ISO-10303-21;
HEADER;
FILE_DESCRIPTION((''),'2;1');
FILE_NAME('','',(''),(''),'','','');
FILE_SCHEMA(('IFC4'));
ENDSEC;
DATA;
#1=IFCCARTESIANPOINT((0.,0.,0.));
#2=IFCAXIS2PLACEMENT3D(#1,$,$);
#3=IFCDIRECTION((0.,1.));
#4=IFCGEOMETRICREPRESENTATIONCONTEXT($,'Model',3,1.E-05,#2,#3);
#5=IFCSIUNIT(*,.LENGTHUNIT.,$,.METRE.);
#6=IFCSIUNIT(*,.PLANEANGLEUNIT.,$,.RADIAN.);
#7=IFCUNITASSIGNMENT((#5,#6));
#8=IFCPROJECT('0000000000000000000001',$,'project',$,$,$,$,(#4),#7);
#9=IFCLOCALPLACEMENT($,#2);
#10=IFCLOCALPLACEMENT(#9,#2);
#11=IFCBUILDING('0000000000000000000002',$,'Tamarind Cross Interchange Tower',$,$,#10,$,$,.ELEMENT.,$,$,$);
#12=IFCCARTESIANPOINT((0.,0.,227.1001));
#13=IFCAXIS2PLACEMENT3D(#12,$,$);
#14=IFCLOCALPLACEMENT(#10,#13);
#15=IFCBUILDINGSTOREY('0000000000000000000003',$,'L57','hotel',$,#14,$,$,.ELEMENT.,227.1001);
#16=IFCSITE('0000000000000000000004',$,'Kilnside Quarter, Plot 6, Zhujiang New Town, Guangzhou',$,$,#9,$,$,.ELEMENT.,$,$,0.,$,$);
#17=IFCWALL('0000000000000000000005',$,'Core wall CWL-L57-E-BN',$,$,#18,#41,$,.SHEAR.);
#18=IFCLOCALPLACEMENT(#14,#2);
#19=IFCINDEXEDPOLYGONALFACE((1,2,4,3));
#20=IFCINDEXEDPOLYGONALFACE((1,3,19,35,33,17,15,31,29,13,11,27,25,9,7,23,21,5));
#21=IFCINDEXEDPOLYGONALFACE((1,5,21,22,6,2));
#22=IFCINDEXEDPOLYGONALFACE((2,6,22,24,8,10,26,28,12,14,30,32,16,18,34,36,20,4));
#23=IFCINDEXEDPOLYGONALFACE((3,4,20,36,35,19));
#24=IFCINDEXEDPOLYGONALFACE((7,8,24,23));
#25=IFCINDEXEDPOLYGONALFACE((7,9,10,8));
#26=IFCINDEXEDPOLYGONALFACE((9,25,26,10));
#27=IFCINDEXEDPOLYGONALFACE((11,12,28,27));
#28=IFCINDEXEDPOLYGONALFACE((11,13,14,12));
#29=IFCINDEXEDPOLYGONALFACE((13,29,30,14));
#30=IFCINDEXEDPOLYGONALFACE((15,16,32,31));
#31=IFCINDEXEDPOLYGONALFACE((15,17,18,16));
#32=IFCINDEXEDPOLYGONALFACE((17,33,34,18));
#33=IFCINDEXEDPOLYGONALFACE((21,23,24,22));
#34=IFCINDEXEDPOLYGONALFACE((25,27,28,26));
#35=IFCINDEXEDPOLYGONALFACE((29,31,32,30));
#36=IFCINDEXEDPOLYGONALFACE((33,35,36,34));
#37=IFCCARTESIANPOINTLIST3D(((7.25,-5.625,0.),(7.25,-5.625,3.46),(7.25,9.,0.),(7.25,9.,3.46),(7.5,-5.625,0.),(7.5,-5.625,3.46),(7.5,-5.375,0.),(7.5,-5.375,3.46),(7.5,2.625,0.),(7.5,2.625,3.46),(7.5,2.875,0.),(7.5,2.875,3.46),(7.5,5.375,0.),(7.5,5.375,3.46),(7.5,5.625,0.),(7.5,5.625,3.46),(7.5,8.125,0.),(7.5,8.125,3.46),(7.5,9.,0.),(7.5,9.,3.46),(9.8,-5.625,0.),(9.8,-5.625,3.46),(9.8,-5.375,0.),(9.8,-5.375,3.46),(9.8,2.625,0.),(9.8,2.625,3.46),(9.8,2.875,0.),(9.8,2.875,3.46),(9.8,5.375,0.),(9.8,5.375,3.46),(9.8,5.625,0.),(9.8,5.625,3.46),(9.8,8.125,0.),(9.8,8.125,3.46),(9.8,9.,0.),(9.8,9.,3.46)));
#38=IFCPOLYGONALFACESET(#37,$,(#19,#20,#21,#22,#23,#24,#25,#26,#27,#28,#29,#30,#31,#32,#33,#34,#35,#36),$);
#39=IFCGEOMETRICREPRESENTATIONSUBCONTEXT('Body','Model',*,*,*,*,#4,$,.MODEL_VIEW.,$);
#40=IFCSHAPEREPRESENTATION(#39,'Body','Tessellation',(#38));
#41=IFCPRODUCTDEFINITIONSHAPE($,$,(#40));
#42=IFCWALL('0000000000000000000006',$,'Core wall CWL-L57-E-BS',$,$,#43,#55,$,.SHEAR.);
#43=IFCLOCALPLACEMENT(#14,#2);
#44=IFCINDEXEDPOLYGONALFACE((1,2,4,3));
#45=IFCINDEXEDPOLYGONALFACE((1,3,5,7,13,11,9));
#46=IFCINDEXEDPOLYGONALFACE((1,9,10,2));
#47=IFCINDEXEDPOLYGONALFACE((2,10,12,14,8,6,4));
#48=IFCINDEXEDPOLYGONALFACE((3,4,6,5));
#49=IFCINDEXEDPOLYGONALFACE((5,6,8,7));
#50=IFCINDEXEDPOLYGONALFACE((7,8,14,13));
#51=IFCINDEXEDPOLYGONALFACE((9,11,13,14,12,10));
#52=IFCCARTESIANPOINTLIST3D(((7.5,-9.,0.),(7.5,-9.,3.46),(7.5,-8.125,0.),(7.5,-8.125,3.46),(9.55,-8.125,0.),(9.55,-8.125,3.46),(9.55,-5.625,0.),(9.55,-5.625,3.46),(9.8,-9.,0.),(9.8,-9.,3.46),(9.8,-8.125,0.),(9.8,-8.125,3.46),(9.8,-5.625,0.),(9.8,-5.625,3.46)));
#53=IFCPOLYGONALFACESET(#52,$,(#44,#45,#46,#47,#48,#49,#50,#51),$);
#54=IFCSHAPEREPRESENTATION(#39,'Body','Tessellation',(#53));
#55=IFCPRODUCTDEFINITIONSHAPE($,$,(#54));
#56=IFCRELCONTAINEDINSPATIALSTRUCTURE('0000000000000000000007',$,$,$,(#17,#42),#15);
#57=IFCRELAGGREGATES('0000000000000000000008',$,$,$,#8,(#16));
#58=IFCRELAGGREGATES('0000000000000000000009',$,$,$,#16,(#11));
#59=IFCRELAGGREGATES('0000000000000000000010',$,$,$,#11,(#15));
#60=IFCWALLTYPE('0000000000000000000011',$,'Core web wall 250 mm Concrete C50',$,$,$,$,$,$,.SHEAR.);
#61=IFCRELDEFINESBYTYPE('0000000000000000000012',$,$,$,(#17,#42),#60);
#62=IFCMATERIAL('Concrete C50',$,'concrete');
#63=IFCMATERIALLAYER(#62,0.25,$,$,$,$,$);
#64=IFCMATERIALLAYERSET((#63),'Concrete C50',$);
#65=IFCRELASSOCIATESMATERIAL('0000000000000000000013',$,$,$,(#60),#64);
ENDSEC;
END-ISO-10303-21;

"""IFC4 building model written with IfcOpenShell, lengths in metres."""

from ifc_helpers import new_model, si_unit, direction, frame, origin, place, context, subcontext, project, spatial, polyline, outline, extrude, material, layer, layer_set, type_object, element, save


model = new_model("IFC4")

# Units and contexts
model_context = context("Model", 3, precision=1e-05, world=origin(), true_north=direction((0.0, 1.0)))
body_context = subcontext(model_context, "Body", "Model", "MODEL_VIEW")
ifc_project = project(units=[si_unit("LENGTHUNIT", "METRE"), si_unit("PLANEANGLEUNIT", "RADIAN")], contexts=[model_context])

# Site, building, storey
site_placement = place(None, origin())
site = spatial("IfcSite", under=ifc_project, at=site_placement, Name="Kilnside Quarter, Plot 6, Zhujiang New Town, Guangzhou", CompositionType="ELEMENT", RefElevation=0.0)
building_placement = place(site_placement, origin())
building = spatial("IfcBuilding", under=site, at=building_placement, Name="Tamarind Cross Interchange Tower", CompositionType="ELEMENT")
storey_placement = place(building_placement, frame((0.0, 0.0, 227.1001)))
storey = spatial("IfcBuildingStorey", under=building, at=storey_placement, Name="L57", Description="hotel", CompositionType="ELEMENT", Elevation=227.1001)

# Walls
ifc_material_1 = material(Name="Concrete C50", Category="concrete")
ifc_layer_1 = layer(ifc_material_1, 0.25)
ifc_layer_set_1 = layer_set([ifc_layer_1], Name="Concrete C50")
wall_type_1 = type_object("IfcWallType", Name="Core web wall 250 mm Concrete C50", PredefinedType="SHEAR", material=ifc_layer_set_1)
wall_1_placement = place(storey_placement, origin())
element("IfcWall", 1, at=wall_1_placement, inside=storey, type_object=wall_type_1, Name="Core wall CWL-L57-E-BN", PredefinedType="SHEAR", context=body_context, shape_type="SweptSolid", body=[
    extrude(outline(polyline([(9.8, -5.375), (7.5, -5.375), (7.5, 2.625), (9.8, 2.625), (9.8, 2.875), (7.5, 2.875), (7.5, 5.375), (9.8, 5.375), (9.8, 5.625), (7.5, 5.625), (7.5, 8.125), (9.8, 8.125), (9.8, 9.0), (7.5, 9.0), (7.25, 9.0), (7.25, -5.625), (7.5, -5.625), (9.8, -5.625), (9.8, -5.375)])), origin(), (0.0, 0.0, 1.0), 3.46),
])
wall_2_placement = place(storey_placement, origin())
element("IfcWall", 2, at=wall_2_placement, inside=storey, type_object=wall_type_1, Name="Core wall CWL-L57-E-BS", PredefinedType="SHEAR", context=body_context, shape_type="SweptSolid", body=[
    extrude(outline(polyline([(7.5, -8.125), (7.5, -9.0), (9.8, -9.0), (9.8, -8.125), (9.8, -5.625), (9.55, -5.625), (9.55, -8.125), (7.5, -8.125)])), origin(), (0.0, 0.0, 1.0), 3.46),
])

save(model, "model.ifc")
